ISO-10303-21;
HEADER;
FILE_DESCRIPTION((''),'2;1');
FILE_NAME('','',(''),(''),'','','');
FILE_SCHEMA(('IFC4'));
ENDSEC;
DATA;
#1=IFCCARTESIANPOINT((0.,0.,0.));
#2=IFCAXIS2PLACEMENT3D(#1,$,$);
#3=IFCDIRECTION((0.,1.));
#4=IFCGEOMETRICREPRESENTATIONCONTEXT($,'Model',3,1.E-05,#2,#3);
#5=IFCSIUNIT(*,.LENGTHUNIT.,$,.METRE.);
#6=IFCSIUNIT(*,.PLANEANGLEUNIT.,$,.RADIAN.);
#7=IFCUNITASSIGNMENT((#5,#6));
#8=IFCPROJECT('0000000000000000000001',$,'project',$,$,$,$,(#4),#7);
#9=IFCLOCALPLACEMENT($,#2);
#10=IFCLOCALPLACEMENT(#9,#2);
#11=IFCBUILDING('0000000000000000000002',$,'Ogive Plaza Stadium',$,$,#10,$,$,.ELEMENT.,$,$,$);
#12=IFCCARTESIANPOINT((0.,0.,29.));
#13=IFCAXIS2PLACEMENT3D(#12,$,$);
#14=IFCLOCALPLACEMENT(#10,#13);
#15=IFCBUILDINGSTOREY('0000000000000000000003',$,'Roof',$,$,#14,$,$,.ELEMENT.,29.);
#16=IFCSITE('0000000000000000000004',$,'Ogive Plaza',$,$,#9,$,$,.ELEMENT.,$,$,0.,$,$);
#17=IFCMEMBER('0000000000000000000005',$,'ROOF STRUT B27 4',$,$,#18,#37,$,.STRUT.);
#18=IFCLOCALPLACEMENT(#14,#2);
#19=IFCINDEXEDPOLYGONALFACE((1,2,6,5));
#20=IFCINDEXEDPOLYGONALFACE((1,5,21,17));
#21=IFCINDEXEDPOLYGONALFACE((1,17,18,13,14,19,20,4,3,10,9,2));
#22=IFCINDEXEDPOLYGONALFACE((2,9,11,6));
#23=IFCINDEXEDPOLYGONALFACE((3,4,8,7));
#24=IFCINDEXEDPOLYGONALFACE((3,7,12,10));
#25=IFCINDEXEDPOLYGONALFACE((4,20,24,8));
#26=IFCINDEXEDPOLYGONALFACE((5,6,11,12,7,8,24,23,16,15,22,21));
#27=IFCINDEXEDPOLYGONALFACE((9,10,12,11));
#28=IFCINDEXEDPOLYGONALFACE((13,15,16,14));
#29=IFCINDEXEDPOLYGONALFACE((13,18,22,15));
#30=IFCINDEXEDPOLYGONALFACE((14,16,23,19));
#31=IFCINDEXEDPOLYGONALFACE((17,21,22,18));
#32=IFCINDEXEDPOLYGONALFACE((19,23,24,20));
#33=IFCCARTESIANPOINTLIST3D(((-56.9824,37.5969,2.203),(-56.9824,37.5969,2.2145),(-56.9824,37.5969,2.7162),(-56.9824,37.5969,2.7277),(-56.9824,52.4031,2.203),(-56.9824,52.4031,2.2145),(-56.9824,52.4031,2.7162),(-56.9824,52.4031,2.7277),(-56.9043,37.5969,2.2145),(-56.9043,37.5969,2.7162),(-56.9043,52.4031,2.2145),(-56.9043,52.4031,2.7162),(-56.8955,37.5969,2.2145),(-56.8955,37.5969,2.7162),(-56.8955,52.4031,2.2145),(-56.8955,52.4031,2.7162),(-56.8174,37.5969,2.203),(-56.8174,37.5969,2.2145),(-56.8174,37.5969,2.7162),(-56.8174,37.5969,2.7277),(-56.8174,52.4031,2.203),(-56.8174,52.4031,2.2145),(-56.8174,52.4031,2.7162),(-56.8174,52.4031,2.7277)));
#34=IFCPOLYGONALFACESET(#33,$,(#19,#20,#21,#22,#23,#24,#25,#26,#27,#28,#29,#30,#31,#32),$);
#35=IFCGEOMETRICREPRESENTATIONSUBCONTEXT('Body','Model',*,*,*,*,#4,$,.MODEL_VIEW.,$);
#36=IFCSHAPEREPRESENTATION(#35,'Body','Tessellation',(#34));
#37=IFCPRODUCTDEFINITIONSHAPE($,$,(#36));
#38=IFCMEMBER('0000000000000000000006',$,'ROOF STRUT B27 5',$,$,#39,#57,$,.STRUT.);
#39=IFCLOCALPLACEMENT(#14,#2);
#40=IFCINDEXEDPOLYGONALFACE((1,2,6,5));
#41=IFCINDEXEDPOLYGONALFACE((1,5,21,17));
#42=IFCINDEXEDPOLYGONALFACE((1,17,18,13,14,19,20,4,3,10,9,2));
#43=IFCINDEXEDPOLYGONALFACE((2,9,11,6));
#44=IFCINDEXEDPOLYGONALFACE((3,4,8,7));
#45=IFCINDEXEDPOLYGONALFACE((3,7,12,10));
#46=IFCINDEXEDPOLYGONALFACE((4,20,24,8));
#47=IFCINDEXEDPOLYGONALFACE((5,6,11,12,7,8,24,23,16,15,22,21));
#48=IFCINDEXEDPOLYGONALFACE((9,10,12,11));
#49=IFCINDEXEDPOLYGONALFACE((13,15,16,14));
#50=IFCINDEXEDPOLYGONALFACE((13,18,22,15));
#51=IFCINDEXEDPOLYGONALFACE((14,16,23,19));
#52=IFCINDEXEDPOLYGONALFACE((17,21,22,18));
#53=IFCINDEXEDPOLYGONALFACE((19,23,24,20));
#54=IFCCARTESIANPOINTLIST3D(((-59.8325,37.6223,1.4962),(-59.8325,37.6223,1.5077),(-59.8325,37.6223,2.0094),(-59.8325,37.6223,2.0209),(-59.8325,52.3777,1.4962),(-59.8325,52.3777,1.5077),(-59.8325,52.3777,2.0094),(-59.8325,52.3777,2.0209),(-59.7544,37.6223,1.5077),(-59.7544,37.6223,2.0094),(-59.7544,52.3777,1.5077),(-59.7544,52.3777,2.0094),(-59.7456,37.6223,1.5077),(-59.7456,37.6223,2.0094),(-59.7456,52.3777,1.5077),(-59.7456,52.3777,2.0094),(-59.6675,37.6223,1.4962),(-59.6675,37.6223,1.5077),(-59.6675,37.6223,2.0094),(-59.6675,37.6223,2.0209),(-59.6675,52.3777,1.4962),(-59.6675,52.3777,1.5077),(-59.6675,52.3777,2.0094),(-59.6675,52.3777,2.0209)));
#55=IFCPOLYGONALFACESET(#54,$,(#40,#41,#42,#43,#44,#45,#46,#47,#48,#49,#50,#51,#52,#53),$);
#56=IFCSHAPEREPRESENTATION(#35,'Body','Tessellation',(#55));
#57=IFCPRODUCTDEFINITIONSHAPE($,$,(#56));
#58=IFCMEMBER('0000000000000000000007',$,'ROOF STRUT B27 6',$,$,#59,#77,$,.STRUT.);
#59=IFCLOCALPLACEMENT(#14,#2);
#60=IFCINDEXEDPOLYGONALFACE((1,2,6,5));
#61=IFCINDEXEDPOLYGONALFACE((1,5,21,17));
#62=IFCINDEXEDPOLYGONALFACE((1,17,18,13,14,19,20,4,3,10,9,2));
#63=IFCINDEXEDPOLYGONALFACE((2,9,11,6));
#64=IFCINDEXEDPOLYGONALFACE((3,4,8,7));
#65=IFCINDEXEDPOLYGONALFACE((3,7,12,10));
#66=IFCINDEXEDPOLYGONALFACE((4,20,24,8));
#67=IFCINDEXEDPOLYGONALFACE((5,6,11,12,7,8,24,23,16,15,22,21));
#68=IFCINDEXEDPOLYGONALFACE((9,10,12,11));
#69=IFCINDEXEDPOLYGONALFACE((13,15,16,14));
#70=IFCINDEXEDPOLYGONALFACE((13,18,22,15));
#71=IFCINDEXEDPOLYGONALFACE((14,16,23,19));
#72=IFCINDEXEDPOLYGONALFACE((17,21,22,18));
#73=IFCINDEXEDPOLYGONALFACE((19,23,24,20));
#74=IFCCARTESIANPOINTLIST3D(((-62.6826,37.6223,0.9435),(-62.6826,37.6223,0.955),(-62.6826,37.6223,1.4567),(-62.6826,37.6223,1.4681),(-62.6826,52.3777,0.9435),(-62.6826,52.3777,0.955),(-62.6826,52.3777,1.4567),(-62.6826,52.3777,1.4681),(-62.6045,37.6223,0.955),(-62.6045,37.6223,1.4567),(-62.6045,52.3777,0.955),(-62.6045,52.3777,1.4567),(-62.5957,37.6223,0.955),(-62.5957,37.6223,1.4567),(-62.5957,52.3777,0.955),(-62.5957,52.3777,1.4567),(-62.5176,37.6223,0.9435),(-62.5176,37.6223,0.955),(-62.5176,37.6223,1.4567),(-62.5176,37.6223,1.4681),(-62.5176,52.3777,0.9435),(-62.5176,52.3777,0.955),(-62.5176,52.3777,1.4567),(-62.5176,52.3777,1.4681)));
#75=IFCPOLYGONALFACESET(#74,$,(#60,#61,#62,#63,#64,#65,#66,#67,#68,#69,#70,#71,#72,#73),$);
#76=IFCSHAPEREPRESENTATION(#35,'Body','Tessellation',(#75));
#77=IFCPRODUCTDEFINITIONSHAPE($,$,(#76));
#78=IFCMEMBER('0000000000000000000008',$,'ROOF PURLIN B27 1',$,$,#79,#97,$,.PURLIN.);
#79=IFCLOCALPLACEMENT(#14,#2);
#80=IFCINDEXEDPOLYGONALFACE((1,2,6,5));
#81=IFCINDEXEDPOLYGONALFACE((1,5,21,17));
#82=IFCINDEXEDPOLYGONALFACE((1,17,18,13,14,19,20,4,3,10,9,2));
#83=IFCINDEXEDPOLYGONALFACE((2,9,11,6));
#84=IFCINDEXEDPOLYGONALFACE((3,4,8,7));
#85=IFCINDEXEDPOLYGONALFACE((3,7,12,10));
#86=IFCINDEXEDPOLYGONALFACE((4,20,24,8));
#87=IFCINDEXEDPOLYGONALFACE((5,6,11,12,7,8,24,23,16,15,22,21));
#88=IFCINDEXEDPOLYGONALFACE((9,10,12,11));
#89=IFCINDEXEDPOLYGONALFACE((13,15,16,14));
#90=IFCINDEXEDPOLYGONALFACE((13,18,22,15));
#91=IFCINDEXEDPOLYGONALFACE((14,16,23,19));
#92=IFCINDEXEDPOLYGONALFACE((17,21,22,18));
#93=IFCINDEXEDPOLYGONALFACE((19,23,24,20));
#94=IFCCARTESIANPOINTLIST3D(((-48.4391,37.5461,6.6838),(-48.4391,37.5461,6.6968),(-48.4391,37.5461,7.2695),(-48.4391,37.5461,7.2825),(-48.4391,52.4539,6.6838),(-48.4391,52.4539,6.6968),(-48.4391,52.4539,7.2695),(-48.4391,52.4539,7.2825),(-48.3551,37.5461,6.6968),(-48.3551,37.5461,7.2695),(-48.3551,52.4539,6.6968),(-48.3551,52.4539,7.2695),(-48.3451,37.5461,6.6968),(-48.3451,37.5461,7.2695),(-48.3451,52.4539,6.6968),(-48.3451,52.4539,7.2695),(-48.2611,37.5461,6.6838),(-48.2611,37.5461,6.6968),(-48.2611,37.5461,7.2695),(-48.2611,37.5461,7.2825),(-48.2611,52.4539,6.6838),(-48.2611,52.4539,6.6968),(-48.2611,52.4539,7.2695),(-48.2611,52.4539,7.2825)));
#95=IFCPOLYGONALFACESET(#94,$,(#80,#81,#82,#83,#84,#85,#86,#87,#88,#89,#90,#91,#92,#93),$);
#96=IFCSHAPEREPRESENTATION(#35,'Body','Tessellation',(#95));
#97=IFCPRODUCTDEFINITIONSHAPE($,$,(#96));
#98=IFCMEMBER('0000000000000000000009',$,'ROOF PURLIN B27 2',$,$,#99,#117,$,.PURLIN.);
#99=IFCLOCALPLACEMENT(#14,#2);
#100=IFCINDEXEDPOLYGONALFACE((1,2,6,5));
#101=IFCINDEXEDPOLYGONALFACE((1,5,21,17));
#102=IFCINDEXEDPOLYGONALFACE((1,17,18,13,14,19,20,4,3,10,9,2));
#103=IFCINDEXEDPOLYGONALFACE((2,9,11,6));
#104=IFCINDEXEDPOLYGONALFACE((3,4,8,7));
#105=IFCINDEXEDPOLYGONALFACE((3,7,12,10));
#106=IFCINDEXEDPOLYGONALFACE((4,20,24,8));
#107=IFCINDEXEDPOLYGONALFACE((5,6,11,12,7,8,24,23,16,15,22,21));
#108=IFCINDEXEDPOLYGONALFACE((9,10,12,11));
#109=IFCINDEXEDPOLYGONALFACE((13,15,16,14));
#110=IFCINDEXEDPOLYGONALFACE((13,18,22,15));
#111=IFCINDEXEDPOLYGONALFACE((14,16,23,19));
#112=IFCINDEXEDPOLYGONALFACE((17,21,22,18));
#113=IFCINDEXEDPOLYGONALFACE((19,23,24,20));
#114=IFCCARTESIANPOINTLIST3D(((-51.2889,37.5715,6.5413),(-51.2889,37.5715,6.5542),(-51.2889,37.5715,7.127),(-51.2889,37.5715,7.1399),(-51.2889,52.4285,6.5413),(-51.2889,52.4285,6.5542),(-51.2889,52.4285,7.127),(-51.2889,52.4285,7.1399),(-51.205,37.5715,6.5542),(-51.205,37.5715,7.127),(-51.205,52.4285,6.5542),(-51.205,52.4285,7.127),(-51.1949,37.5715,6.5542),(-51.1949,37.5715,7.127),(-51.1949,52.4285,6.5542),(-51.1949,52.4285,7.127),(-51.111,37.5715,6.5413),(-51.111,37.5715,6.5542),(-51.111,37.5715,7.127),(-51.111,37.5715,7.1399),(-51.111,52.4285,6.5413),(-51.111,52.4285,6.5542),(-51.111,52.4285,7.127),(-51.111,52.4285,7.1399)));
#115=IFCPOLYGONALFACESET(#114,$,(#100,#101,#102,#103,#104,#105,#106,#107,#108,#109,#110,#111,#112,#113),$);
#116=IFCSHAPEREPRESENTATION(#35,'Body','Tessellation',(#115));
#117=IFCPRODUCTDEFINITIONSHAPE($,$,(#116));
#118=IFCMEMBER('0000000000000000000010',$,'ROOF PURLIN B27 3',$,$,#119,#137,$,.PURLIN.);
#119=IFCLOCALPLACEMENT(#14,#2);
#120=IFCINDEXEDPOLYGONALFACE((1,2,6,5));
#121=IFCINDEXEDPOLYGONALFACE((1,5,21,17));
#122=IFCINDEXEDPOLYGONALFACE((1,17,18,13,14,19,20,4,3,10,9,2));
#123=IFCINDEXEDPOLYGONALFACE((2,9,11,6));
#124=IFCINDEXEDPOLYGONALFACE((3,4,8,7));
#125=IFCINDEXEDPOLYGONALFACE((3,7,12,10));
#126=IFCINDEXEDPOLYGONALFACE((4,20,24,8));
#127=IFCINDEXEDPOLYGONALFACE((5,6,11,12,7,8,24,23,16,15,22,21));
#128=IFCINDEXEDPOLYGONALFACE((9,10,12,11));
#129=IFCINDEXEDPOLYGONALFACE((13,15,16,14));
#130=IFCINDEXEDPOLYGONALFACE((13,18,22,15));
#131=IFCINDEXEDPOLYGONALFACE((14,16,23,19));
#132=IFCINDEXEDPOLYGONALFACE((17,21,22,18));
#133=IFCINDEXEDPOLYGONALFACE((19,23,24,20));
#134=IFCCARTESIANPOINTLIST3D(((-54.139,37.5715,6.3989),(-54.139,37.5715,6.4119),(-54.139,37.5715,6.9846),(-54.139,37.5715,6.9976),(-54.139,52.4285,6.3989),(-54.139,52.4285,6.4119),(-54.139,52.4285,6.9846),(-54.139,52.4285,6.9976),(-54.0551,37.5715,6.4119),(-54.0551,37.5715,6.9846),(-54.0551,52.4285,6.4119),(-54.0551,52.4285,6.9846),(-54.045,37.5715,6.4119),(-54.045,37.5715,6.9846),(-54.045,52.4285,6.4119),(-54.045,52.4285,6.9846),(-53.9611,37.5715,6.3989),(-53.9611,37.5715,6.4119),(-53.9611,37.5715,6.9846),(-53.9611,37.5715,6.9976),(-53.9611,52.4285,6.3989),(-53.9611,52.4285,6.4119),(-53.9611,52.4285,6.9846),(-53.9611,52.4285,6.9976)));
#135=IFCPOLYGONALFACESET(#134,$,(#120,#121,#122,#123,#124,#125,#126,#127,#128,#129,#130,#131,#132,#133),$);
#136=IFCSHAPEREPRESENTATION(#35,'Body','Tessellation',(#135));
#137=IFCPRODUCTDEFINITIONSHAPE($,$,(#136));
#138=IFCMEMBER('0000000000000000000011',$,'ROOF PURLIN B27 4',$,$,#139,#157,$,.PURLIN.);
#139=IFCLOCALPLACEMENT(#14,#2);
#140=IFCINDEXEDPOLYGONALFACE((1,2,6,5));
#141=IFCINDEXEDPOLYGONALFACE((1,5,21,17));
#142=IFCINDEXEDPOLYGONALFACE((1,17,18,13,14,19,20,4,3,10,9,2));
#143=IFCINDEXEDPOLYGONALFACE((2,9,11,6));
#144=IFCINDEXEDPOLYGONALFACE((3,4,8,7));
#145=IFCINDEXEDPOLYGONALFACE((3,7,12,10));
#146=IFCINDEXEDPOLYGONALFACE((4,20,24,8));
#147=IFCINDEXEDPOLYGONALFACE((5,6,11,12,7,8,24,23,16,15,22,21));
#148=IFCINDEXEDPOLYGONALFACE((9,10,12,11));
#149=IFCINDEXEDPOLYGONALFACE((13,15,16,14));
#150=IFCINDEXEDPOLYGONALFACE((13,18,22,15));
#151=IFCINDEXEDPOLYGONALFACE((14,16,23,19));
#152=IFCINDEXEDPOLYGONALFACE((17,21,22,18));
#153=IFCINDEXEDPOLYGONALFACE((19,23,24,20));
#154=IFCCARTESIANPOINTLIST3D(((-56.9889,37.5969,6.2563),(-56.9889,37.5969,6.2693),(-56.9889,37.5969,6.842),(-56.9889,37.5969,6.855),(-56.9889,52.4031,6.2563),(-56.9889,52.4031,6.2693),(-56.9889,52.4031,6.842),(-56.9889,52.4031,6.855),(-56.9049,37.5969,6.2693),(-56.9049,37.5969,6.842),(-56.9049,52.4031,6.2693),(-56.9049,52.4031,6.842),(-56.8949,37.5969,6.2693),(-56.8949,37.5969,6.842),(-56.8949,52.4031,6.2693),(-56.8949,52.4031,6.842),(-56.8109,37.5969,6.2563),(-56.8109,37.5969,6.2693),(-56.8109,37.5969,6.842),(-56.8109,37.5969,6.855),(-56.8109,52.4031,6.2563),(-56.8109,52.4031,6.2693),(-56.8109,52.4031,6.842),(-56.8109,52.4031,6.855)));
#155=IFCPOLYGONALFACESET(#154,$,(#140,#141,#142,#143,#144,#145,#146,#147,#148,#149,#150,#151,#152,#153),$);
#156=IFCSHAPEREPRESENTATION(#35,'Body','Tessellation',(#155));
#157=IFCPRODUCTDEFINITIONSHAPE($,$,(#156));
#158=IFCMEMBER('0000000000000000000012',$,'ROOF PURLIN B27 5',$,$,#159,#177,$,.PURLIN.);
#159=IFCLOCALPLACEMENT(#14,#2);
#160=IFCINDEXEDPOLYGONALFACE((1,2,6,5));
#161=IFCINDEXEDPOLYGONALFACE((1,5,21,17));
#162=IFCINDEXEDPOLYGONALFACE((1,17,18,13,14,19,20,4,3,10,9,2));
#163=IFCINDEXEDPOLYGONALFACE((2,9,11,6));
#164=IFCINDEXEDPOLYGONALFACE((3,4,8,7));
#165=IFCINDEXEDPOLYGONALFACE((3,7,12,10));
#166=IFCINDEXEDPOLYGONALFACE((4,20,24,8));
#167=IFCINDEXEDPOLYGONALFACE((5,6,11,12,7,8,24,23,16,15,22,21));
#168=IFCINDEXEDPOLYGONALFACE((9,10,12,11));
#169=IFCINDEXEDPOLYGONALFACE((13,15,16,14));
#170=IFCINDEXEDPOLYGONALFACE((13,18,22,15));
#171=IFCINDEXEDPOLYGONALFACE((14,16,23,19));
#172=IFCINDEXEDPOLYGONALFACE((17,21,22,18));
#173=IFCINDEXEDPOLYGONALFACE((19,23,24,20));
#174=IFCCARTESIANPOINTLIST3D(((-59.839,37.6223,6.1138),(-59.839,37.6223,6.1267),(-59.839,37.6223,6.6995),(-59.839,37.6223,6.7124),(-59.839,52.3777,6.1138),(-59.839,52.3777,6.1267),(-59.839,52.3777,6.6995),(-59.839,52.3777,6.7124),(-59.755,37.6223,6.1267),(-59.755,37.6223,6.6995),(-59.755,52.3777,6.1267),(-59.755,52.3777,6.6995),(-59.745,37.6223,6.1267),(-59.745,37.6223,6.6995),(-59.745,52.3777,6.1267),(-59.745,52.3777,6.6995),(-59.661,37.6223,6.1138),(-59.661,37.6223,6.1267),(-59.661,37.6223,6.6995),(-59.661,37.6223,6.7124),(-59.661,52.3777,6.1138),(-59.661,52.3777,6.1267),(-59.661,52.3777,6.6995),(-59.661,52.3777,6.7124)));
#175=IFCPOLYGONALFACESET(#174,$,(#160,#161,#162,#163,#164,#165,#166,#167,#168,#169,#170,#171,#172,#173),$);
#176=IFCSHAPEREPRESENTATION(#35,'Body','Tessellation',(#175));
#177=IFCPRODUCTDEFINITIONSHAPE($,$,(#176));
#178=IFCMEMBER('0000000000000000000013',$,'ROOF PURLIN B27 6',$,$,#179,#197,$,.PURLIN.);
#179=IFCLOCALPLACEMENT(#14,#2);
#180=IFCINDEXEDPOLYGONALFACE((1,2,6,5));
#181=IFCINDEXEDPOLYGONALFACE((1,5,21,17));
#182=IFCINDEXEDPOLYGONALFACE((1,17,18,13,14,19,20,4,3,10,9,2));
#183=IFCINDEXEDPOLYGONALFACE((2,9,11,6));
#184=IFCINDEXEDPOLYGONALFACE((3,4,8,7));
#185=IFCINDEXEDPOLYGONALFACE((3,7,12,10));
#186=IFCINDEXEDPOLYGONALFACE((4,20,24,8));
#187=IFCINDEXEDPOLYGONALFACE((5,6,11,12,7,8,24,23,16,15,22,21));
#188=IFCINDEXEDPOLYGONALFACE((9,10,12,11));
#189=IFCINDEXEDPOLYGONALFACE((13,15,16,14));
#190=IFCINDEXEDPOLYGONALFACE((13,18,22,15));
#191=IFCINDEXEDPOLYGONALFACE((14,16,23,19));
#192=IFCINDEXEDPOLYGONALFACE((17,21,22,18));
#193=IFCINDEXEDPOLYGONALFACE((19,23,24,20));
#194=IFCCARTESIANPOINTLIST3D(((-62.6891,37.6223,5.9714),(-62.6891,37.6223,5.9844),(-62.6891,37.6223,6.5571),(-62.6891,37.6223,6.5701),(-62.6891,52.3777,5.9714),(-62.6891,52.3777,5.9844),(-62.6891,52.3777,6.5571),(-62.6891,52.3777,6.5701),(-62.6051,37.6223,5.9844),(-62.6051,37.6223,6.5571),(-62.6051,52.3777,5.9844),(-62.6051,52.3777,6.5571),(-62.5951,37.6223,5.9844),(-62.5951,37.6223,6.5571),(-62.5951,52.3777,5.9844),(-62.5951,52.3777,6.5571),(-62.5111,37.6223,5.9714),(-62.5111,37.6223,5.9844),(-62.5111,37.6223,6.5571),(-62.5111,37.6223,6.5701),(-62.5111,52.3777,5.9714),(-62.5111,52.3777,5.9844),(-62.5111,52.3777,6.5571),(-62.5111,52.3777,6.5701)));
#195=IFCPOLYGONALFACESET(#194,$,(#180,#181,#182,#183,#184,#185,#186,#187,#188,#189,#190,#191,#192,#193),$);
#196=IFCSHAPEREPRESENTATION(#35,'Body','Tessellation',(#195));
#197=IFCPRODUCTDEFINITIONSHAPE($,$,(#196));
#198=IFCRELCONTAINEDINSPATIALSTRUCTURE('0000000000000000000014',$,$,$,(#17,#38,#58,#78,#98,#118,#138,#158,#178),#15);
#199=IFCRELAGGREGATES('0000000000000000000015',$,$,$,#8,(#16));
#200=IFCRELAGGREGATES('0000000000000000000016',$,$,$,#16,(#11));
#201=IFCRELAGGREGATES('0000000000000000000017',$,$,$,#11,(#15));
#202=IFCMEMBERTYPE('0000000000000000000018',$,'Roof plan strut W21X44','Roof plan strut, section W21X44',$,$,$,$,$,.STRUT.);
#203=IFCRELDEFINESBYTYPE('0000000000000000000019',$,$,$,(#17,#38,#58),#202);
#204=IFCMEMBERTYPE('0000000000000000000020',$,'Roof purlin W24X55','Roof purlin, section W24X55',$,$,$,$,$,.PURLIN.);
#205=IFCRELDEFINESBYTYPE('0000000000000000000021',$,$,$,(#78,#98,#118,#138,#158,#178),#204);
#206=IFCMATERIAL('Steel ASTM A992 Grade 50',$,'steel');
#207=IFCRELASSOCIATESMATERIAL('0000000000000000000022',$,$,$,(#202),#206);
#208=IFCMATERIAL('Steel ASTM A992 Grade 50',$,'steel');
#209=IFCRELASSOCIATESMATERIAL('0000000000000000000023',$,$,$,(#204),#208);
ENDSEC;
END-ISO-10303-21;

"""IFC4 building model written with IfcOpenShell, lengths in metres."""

from ifc_helpers import new_model, si_unit, direction, frame, origin, origin_2d, place, context, subcontext, project, spatial, i_section, extrude, material, material_profile, profile_set, type_object, element, save


model = new_model("IFC4")

# Units and contexts
model_context = context("Model", 3, precision=1e-05, world=origin(), true_north=direction((0.0, 1.0)))
body_context = subcontext(model_context, "Body", "Model", "MODEL_VIEW")
ifc_project = project(units=[si_unit("LENGTHUNIT", "METRE"), si_unit("PLANEANGLEUNIT", "RADIAN")], contexts=[model_context])

# Site, building, storey
site_placement = place(None, origin())
site = spatial("IfcSite", under=ifc_project, at=site_placement, Name="Ogive Plaza", CompositionType="ELEMENT", RefElevation=0.0)
building_placement = place(site_placement, origin())
building = spatial("IfcBuilding", under=site, at=building_placement, Name="Ogive Plaza Stadium", CompositionType="ELEMENT")
storey_placement = place(building_placement, frame((0.0, 0.0, 29.0)))
storey = spatial("IfcBuildingStorey", under=building, at=storey_placement, Name="Roof", CompositionType="ELEMENT", Elevation=29.0)

# Members
ifc_material_1 = material(Name="Steel ASTM A992 Grade 50", Category="steel")
ifc_material_profile_1 = material_profile(ifc_material_1, i_section(OverallWidth=0.165, OverallDepth=0.5247, WebThickness=0.0088, FlangeThickness=0.0115, at=origin_2d()), Name="W21X44")
ifc_profile_set_1 = profile_set([ifc_material_profile_1], Name="Steel ASTM A992 Grade 50")
member_type_1 = type_object("IfcMemberType", Name="Roof plan strut W21X44", Description="Roof plan strut, section W21X44", PredefinedType="STRUT", material=ifc_profile_set_1)
member_1_placement = place(storey_placement, frame((-56.8999, 37.5969, 2.4653), z_axis=(0.0, 1.0, 0.0), x_axis=(-1.0, 0.0, 0.0)))
element("IfcMember", 1, at=member_1_placement, inside=storey, type_object=member_type_1, Name="ROOF STRUT B27 4", PredefinedType="STRUT", context=body_context, shape_type="SweptSolid", body=[
    extrude(i_section(OverallWidth=0.165, OverallDepth=0.5247, WebThickness=0.0088, FlangeThickness=0.0115, at=origin_2d()), origin(), (0.0, 0.0, 1.0), 14.8062),
])
for number, where, z_axis, x_axis, name in (
    (2, (-59.75, 37.6223, 1.7585), (0.0, 1.0, 0.0), (-1.0, 0.0, 0.0), "ROOF STRUT B27 5"),
    (3, (-62.6001, 37.6223, 1.2058), (0.0, 1.0, 0.0), (-1.0, 0.0, 0.0), "ROOF STRUT B27 6"),
):
    element("IfcMember", number, at=place(storey_placement, frame(where, z_axis=z_axis, x_axis=x_axis)), inside=storey, type_object=member_type_1, Name=name, PredefinedType="STRUT", context=body_context, shape_type="SweptSolid", body=[
        extrude(i_section(OverallWidth=0.165, OverallDepth=0.5247, WebThickness=0.0088, FlangeThickness=0.0115, at=origin_2d()), origin(), (0.0, 0.0, 1.0), 14.7554),
    ])
ifc_material_2 = material(Name="Steel ASTM A992 Grade 50", Category="steel")
ifc_material_profile_2 = material_profile(ifc_material_2, i_section(OverallWidth=0.178, OverallDepth=0.5986, WebThickness=0.01, FlangeThickness=0.0129, at=origin_2d()), Name="W24X55")
ifc_profile_set_2 = profile_set([ifc_material_profile_2], Name="Steel ASTM A992 Grade 50")
member_type_2 = type_object("IfcMemberType", Name="Roof purlin W24X55", Description="Roof purlin, section W24X55", PredefinedType="PURLIN", material=ifc_profile_set_2)
member_2_placement = place(storey_placement, frame((-48.3501, 37.5461, 6.9832), z_axis=(0.0, 1.0, 0.0), x_axis=(-1.0, 0.0, 0.0)))
element("IfcMember", 4, at=member_2_placement, inside=storey, type_object=member_type_2, Name="ROOF PURLIN B27 1", PredefinedType="PURLIN", context=body_context, shape_type="SweptSolid", body=[
    extrude(i_section(OverallWidth=0.178, OverallDepth=0.5986, WebThickness=0.01, FlangeThickness=0.0129, at=origin_2d()), origin(), (0.0, 0.0, 1.0), 14.9077),
])
for number, where, z_axis, x_axis, name in (
    (5, (-51.2, 37.5715, 6.8406), (0.0, 1.0, 0.0), (-1.0, 0.0, 0.0), "ROOF PURLIN B27 2"),
    (6, (-54.05, 37.5715, 6.6982), (0.0, 1.0, 0.0), (-1.0, 0.0, 0.0), "ROOF PURLIN B27 3"),
):
    element("IfcMember", number, at=place(storey_placement, frame(where, z_axis=z_axis, x_axis=x_axis)), inside=storey, type_object=member_type_2, Name=name, PredefinedType="PURLIN", context=body_context, shape_type="SweptSolid", body=[
        extrude(i_section(OverallWidth=0.178, OverallDepth=0.5986, WebThickness=0.01, FlangeThickness=0.0129, at=origin_2d()), origin(), (0.0, 0.0, 1.0), 14.8569),
    ])
member_3_placement = place(storey_placement, frame((-56.8999, 37.5969, 6.5557), z_axis=(0.0, 1.0, 0.0), x_axis=(-1.0, 0.0, 0.0)))
element("IfcMember", 7, at=member_3_placement, inside=storey, type_object=member_type_2, Name="ROOF PURLIN B27 4", PredefinedType="PURLIN", context=body_context, shape_type="SweptSolid", body=[
    extrude(i_section(OverallWidth=0.178, OverallDepth=0.5986, WebThickness=0.01, FlangeThickness=0.0129, at=origin_2d()), origin(), (0.0, 0.0, 1.0), 14.8062),
])
for number, where, z_axis, x_axis, name in (
    (8, (-59.75, 37.6223, 6.4131), (0.0, 1.0, 0.0), (-1.0, 0.0, 0.0), "ROOF PURLIN B27 5"),
    (9, (-62.6001, 37.6223, 6.2708), (0.0, 1.0, 0.0), (-1.0, 0.0, 0.0), "ROOF PURLIN B27 6"),
):
    element("IfcMember", number, at=place(storey_placement, frame(where, z_axis=z_axis, x_axis=x_axis)), inside=storey, type_object=member_type_2, Name=name, PredefinedType="PURLIN", context=body_context, shape_type="SweptSolid", body=[
        extrude(i_section(OverallWidth=0.178, OverallDepth=0.5986, WebThickness=0.01, FlangeThickness=0.0129, at=origin_2d()), origin(), (0.0, 0.0, 1.0), 14.7554),
    ])

save(model, "model.ifc")
